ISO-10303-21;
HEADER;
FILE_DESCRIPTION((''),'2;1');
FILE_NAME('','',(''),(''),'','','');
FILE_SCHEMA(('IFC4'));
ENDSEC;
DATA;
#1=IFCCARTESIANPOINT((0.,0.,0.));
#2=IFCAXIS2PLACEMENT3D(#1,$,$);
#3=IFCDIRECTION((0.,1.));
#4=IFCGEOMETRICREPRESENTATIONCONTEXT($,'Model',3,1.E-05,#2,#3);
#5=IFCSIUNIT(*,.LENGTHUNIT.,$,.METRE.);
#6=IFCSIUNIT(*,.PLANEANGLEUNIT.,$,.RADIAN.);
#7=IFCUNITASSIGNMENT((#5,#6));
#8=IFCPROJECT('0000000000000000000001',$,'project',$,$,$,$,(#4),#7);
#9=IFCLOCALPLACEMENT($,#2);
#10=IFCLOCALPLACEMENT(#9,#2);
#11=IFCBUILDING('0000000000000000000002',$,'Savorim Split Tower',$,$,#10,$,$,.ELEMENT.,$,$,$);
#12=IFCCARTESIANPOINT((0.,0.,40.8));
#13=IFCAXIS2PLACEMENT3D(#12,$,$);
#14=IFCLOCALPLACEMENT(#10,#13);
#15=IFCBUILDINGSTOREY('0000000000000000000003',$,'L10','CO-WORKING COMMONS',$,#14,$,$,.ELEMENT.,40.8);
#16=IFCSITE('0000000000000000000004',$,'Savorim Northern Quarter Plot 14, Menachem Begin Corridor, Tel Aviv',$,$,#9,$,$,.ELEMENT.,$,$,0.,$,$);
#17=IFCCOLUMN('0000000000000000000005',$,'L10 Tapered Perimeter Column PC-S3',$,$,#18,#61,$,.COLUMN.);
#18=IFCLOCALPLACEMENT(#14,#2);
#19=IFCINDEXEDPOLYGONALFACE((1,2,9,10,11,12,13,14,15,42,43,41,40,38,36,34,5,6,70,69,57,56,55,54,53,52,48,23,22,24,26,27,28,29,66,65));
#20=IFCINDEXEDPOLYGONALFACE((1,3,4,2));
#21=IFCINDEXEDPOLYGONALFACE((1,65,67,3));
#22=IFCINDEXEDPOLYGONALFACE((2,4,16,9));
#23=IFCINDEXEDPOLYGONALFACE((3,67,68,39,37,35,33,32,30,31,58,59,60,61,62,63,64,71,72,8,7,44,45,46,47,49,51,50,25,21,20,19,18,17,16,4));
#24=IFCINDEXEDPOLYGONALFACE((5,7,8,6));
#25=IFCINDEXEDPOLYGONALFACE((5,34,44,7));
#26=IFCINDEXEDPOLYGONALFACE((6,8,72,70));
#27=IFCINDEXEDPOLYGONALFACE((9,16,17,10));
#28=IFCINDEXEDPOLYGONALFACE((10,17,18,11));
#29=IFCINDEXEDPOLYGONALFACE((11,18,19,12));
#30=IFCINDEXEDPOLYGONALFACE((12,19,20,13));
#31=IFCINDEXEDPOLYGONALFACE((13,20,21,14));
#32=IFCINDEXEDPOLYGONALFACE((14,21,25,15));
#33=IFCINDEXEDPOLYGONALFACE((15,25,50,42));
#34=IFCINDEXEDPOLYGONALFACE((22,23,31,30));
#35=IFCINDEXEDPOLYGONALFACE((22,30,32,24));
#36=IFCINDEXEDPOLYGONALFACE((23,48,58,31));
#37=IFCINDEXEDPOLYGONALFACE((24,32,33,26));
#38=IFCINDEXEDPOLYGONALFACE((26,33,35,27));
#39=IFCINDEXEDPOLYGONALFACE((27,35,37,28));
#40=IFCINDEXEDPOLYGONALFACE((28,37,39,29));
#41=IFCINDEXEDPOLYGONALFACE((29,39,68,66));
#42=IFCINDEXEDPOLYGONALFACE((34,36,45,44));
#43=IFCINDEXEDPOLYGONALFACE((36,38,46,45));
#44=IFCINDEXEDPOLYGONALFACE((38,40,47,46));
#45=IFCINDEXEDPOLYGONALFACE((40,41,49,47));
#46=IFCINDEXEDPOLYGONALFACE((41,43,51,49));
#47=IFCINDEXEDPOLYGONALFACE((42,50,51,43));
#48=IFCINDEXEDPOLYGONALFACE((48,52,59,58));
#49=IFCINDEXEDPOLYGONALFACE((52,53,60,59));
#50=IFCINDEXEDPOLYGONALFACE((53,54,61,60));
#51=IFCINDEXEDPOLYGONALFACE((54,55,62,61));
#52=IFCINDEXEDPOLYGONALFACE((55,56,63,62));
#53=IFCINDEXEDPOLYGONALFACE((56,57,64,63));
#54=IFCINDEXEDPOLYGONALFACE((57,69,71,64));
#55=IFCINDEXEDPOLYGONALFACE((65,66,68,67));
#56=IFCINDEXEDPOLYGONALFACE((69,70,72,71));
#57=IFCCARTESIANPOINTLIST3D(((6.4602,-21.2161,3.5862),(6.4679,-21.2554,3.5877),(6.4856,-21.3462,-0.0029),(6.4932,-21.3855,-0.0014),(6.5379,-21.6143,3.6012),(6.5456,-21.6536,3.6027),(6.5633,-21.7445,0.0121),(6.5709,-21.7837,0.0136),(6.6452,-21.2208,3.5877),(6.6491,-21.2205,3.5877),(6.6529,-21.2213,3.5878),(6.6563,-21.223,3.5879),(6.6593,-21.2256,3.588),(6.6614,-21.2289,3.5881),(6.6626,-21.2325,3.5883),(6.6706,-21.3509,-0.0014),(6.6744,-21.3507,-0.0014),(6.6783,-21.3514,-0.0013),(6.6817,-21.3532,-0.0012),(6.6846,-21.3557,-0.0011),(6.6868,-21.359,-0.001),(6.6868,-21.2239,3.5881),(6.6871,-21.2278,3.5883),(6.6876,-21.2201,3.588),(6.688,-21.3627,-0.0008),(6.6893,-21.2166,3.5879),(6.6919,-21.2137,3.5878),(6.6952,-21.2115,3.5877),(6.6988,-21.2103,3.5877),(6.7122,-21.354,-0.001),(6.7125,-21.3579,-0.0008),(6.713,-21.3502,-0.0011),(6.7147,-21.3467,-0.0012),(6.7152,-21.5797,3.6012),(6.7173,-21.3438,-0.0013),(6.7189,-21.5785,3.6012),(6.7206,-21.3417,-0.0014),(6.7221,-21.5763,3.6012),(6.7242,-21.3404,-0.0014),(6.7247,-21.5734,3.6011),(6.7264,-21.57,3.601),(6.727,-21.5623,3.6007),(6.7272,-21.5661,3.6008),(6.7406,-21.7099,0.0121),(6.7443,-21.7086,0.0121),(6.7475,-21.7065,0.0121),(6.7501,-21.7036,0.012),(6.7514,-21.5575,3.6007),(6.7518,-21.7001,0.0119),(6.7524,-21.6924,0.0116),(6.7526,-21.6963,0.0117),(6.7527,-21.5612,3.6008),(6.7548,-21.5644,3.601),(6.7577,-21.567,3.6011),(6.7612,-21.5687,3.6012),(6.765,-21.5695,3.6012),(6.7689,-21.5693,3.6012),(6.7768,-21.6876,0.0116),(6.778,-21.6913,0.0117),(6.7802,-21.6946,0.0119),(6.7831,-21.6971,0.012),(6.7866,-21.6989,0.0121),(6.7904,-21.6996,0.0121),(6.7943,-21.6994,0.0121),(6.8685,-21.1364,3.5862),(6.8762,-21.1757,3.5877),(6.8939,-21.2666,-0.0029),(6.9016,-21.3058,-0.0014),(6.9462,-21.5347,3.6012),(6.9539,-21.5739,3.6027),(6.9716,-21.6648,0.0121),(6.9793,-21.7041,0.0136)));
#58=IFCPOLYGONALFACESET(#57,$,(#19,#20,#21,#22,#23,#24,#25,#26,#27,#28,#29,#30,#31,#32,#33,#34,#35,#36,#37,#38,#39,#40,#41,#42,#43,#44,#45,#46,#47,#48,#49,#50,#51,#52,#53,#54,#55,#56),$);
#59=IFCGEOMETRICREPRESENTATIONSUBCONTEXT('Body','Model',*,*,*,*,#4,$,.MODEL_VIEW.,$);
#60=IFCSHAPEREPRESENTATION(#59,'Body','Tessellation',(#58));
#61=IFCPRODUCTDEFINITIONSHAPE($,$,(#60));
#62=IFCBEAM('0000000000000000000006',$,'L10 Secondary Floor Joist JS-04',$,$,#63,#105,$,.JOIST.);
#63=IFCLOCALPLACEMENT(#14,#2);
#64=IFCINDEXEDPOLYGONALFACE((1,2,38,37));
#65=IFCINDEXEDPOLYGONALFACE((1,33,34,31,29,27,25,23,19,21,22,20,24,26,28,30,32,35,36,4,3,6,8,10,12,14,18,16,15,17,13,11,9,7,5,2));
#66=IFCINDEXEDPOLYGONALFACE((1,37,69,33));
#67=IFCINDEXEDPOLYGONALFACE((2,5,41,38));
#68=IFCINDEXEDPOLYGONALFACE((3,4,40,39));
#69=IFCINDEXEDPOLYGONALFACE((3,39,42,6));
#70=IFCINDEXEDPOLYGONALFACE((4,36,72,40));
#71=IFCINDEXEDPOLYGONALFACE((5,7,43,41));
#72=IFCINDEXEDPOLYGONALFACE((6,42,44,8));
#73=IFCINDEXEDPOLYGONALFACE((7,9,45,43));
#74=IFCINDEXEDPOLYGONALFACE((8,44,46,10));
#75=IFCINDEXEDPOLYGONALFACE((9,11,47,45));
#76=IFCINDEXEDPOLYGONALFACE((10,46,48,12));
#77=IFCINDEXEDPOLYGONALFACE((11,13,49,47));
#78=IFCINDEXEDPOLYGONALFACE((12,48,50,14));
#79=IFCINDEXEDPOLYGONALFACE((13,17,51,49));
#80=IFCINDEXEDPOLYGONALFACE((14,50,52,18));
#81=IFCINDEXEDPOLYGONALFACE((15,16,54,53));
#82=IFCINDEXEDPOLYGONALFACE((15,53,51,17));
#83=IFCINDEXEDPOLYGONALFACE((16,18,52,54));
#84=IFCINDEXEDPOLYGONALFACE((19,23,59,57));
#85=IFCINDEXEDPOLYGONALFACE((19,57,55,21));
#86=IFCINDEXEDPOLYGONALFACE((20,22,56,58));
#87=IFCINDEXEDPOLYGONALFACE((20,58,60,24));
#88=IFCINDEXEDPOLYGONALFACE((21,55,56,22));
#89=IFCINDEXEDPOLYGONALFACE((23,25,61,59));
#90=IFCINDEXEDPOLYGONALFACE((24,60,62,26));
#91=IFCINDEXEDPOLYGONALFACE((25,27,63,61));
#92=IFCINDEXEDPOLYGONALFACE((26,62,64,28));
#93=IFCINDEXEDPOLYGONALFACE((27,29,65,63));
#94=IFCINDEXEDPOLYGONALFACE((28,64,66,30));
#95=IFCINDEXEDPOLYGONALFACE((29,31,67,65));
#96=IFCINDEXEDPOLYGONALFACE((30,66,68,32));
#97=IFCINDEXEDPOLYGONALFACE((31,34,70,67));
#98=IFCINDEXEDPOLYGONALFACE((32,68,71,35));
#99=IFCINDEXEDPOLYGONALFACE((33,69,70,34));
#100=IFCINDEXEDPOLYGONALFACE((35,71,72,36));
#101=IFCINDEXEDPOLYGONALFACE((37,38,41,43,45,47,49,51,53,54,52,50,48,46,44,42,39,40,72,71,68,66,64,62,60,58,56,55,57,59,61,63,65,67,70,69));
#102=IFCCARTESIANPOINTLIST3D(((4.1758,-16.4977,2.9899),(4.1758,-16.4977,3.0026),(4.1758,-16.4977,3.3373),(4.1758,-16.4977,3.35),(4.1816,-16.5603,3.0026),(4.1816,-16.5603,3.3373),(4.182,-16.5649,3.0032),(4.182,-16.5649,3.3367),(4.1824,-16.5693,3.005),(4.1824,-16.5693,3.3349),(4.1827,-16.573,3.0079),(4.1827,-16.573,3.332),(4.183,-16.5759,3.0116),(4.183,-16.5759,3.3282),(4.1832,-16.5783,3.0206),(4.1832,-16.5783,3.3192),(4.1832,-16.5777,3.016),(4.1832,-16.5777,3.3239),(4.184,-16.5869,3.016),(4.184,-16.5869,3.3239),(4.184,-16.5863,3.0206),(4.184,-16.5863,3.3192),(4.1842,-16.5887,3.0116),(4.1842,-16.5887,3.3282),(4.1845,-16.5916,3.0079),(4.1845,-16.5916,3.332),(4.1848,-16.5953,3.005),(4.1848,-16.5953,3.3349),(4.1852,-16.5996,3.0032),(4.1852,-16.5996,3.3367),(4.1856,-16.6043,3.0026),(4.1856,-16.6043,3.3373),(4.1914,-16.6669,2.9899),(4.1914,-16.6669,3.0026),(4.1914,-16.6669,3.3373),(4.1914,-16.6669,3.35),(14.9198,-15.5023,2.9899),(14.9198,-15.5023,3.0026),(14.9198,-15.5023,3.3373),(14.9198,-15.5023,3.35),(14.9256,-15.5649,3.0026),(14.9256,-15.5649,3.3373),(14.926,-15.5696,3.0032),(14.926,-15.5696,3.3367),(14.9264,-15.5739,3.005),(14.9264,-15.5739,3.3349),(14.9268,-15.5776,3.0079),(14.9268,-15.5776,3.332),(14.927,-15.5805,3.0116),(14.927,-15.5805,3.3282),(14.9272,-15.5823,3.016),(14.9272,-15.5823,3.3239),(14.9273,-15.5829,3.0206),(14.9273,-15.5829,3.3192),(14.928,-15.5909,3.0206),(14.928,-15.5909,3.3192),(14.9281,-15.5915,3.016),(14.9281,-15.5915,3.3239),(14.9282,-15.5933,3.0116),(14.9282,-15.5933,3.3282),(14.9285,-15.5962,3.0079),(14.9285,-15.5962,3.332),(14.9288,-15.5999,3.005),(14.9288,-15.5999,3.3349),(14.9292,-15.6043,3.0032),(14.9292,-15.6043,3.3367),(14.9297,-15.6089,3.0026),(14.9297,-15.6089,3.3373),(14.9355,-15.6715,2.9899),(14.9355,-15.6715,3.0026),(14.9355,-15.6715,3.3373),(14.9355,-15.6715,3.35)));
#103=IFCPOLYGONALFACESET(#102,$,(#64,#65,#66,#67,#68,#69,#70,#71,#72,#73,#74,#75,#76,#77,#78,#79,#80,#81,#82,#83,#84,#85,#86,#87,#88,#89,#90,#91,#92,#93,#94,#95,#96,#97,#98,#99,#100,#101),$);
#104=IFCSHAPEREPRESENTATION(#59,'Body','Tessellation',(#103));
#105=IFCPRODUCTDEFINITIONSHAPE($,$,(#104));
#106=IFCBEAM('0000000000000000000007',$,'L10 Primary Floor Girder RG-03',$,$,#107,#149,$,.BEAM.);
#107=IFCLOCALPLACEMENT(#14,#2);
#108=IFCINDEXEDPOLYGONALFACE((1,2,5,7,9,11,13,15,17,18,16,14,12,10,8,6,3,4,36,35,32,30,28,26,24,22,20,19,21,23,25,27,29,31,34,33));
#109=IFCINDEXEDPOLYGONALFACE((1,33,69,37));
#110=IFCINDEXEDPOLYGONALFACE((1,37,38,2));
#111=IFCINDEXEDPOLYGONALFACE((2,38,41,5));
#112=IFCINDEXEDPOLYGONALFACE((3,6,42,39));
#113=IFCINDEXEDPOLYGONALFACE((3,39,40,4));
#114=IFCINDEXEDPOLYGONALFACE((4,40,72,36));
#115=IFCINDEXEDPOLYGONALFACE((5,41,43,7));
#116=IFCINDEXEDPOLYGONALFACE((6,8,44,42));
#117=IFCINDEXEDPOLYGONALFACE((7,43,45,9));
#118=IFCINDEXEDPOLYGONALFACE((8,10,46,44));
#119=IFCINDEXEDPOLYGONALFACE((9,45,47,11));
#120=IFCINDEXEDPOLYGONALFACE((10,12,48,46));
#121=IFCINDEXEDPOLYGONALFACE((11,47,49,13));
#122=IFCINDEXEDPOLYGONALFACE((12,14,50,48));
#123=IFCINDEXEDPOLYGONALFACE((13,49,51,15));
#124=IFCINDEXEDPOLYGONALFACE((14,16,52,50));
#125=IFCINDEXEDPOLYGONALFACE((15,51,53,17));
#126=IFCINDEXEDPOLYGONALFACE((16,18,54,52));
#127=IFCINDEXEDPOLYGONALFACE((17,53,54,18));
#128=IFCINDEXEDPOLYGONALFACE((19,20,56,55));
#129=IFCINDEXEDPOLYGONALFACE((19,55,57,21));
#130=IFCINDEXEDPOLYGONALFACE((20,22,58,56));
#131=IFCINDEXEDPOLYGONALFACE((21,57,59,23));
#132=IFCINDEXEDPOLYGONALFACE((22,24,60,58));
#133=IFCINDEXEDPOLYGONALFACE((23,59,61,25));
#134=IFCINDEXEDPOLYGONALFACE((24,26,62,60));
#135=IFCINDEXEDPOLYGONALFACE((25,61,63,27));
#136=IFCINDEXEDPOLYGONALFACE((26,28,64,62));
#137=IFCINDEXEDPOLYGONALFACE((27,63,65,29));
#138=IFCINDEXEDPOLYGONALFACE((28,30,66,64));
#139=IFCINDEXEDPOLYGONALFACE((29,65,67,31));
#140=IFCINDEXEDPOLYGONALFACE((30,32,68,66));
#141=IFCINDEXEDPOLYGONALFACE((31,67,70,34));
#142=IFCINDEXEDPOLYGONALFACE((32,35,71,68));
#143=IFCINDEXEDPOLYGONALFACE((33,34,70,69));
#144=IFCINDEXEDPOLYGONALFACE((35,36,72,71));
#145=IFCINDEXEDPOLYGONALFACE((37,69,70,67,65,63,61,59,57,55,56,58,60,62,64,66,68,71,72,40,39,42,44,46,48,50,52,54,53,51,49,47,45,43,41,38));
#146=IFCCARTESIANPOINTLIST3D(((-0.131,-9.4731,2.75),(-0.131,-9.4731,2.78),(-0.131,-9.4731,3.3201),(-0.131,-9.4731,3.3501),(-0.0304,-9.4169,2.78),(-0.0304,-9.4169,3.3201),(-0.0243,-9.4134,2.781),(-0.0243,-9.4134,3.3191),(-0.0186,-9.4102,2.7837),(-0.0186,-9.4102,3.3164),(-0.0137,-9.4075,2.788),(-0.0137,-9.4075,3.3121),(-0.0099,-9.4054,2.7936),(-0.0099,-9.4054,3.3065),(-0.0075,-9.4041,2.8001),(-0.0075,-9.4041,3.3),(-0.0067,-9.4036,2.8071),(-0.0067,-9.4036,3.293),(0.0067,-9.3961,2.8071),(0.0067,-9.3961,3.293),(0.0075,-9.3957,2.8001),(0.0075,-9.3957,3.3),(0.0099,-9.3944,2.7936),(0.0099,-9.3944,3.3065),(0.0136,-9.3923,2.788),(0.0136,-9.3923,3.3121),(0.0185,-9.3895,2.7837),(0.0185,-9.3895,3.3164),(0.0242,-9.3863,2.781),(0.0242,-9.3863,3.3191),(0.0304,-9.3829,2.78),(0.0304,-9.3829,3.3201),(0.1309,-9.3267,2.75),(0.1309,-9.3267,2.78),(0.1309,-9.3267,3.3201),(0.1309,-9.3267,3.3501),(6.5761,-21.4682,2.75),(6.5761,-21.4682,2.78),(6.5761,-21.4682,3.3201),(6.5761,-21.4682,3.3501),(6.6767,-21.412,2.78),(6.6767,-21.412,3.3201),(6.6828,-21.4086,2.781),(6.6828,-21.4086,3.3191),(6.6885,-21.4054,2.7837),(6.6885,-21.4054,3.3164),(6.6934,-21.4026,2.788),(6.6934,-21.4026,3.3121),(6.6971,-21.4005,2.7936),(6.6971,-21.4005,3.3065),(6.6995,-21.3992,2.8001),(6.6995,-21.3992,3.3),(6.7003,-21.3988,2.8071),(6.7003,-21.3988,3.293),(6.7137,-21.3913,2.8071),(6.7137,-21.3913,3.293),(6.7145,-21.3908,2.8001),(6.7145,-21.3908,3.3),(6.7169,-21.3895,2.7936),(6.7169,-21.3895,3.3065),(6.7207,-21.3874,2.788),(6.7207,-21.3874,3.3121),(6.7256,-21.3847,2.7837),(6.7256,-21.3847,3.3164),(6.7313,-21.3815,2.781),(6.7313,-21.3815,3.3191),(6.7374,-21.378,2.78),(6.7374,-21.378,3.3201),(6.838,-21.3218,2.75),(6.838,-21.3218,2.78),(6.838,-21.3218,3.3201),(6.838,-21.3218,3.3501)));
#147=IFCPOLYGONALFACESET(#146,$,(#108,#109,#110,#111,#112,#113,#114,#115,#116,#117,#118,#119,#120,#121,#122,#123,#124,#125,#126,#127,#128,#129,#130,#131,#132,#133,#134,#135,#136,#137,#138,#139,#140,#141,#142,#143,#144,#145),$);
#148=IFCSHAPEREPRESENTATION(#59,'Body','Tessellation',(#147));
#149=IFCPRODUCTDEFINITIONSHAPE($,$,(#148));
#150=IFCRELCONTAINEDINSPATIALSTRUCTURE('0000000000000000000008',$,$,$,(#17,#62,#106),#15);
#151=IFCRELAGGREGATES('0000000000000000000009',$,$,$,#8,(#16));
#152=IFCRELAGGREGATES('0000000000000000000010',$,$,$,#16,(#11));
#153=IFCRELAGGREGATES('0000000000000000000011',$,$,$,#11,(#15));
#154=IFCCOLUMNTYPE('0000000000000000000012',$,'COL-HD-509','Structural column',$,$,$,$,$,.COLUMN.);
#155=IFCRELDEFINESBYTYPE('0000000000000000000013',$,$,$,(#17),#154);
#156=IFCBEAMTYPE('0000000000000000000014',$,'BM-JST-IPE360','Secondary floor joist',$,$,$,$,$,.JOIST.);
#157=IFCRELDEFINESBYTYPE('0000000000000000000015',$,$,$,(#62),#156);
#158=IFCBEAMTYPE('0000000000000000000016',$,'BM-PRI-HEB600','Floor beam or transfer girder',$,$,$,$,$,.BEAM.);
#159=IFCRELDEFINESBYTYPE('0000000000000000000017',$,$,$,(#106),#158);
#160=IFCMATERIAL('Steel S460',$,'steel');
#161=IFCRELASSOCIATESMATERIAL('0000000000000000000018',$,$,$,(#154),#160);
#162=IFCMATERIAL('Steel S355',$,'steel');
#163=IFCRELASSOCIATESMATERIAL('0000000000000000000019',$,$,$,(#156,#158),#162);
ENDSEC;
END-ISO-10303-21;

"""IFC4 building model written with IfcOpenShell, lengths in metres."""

from ifc_helpers import new_model, si_unit, direction, frame, origin, origin_2d, place, context, subcontext, project, spatial, i_section, extrude, material, material_profile, profile_set, type_object, element, save


model = new_model("IFC4")

# Units and contexts
model_context = context("Model", 3, precision=1e-05, world=origin(), true_north=direction((0.0, 1.0)))
body_context = subcontext(model_context, "Body", "Model", "MODEL_VIEW")
ifc_project = project(units=[si_unit("LENGTHUNIT", "METRE"), si_unit("PLANEANGLEUNIT", "RADIAN")], contexts=[model_context])

# Site, building, storey
site_placement = place(None, origin())
site = spatial("IfcSite", under=ifc_project, at=site_placement, Name="Savorim Northern Quarter Plot 14, Menachem Begin Corridor, Tel Aviv", CompositionType="ELEMENT", RefElevation=0.0)
building_placement = place(site_placement, origin())
building = spatial("IfcBuilding", under=site, at=building_placement, Name="Savorim Split Tower", CompositionType="ELEMENT")
storey_placement = place(building_placement, frame((0.0, 0.0, 40.8)))
storey = spatial("IfcBuildingStorey", under=building, at=storey_placement, Name="L10", Description="CO-WORKING COMMONS", CompositionType="ELEMENT", Elevation=40.8)

# Column
ifc_material_1 = material(Name="Steel S460", Category="steel")
ifc_material_profile_1 = material_profile(ifc_material_1, i_section(OverallWidth=0.416, OverallDepth=0.446, WebThickness=0.0249, FlangeThickness=0.04, FilletRadius=0.0149, at=origin_2d()), Name="HD 400x509")
ifc_profile_set_1 = profile_set([ifc_material_profile_1], Name="Steel S460")
column_type = type_object("IfcColumnType", Name="COL-HD-509", Description="Structural column", PredefinedType="COLUMN", material=ifc_profile_set_1)
column_placement = place(storey_placement, frame((6.7324, -21.5251, 0.0054), z_axis=(-0.00707, 0.036231, 0.999318), x_axis=(-0.981491, -0.19151, 0.0)))
element("IfcColumn", 1, at=column_placement, inside=storey, type_object=column_type, Name="L10 Tapered Perimeter Column PC-S3", PredefinedType="COLUMN", context=body_context, shape_type="SweptSolid", body=[
    extrude(i_section(OverallWidth=0.416, OverallDepth=0.446, WebThickness=0.0249, FlangeThickness=0.04, FilletRadius=0.0149, at=origin_2d()), origin(), (0.0, 0.0, 1.0), 3.5916),
])

# Beams
ifc_material_2 = material(Name="Steel S355", Category="steel")
ifc_material_profile_2 = material_profile(ifc_material_2, i_section(OverallWidth=0.1699, OverallDepth=0.3601, WebThickness=0.0081, FlangeThickness=0.0127, FilletRadius=0.0181, at=origin_2d()), Name="IPE 360")
ifc_profile_set_2 = profile_set([ifc_material_profile_2], Name="Steel S355")
beam_type_1 = type_object("IfcBeamType", Name="BM-JST-IPE360", Description="Secondary floor joist", PredefinedType="JOIST", material=ifc_profile_set_2)
beam_1_placement = place(storey_placement, frame((4.1836, -16.5823, 3.1699), z_axis=(0.995736, 0.092247, 0.0), x_axis=(-0.092247, 0.995736, 0.0)))
element("IfcBeam", 2, at=beam_1_placement, inside=storey, type_object=beam_type_1, Name="L10 Secondary Floor Joist JS-04", PredefinedType="JOIST", context=body_context, shape_type="SweptSolid", body=[
    extrude(i_section(OverallWidth=0.1699, OverallDepth=0.3601, WebThickness=0.0081, FlangeThickness=0.0127, FilletRadius=0.0181, at=origin_2d()), origin(), (0.0, 0.0, 1.0), 10.79),
])
ifc_material_profile_3 = material_profile(ifc_material_2, i_section(OverallWidth=0.3, OverallDepth=0.6001, WebThickness=0.0154, FlangeThickness=0.03, FilletRadius=0.0271, at=origin_2d()), Name="HEB 600")
ifc_profile_set_3 = profile_set([ifc_material_profile_3], Name="Steel S355")
beam_type_2 = type_object("IfcBeamType", Name="BM-PRI-HEB600", Description="Floor beam or transfer girder", PredefinedType="BEAM", material=ifc_profile_set_3)
beam_2_placement = place(storey_placement, frame((6.707, -21.395, 3.05), z_axis=(-0.488036, 0.872823, 0.0), x_axis=(-0.872823, -0.488036, 0.0)))
element("IfcBeam", 3, at=beam_2_placement, inside=storey, type_object=beam_type_2, Name="L10 Primary Floor Girder RG-03", PredefinedType="BEAM", context=body_context, shape_type="SweptSolid", body=[
    extrude(i_section(OverallWidth=0.3, OverallDepth=0.6001, WebThickness=0.0154, FlangeThickness=0.03, FilletRadius=0.0271, at=origin_2d()), origin(), (0.0, 0.0, 1.0), 13.7429),
])

save(model, "model.ifc")
